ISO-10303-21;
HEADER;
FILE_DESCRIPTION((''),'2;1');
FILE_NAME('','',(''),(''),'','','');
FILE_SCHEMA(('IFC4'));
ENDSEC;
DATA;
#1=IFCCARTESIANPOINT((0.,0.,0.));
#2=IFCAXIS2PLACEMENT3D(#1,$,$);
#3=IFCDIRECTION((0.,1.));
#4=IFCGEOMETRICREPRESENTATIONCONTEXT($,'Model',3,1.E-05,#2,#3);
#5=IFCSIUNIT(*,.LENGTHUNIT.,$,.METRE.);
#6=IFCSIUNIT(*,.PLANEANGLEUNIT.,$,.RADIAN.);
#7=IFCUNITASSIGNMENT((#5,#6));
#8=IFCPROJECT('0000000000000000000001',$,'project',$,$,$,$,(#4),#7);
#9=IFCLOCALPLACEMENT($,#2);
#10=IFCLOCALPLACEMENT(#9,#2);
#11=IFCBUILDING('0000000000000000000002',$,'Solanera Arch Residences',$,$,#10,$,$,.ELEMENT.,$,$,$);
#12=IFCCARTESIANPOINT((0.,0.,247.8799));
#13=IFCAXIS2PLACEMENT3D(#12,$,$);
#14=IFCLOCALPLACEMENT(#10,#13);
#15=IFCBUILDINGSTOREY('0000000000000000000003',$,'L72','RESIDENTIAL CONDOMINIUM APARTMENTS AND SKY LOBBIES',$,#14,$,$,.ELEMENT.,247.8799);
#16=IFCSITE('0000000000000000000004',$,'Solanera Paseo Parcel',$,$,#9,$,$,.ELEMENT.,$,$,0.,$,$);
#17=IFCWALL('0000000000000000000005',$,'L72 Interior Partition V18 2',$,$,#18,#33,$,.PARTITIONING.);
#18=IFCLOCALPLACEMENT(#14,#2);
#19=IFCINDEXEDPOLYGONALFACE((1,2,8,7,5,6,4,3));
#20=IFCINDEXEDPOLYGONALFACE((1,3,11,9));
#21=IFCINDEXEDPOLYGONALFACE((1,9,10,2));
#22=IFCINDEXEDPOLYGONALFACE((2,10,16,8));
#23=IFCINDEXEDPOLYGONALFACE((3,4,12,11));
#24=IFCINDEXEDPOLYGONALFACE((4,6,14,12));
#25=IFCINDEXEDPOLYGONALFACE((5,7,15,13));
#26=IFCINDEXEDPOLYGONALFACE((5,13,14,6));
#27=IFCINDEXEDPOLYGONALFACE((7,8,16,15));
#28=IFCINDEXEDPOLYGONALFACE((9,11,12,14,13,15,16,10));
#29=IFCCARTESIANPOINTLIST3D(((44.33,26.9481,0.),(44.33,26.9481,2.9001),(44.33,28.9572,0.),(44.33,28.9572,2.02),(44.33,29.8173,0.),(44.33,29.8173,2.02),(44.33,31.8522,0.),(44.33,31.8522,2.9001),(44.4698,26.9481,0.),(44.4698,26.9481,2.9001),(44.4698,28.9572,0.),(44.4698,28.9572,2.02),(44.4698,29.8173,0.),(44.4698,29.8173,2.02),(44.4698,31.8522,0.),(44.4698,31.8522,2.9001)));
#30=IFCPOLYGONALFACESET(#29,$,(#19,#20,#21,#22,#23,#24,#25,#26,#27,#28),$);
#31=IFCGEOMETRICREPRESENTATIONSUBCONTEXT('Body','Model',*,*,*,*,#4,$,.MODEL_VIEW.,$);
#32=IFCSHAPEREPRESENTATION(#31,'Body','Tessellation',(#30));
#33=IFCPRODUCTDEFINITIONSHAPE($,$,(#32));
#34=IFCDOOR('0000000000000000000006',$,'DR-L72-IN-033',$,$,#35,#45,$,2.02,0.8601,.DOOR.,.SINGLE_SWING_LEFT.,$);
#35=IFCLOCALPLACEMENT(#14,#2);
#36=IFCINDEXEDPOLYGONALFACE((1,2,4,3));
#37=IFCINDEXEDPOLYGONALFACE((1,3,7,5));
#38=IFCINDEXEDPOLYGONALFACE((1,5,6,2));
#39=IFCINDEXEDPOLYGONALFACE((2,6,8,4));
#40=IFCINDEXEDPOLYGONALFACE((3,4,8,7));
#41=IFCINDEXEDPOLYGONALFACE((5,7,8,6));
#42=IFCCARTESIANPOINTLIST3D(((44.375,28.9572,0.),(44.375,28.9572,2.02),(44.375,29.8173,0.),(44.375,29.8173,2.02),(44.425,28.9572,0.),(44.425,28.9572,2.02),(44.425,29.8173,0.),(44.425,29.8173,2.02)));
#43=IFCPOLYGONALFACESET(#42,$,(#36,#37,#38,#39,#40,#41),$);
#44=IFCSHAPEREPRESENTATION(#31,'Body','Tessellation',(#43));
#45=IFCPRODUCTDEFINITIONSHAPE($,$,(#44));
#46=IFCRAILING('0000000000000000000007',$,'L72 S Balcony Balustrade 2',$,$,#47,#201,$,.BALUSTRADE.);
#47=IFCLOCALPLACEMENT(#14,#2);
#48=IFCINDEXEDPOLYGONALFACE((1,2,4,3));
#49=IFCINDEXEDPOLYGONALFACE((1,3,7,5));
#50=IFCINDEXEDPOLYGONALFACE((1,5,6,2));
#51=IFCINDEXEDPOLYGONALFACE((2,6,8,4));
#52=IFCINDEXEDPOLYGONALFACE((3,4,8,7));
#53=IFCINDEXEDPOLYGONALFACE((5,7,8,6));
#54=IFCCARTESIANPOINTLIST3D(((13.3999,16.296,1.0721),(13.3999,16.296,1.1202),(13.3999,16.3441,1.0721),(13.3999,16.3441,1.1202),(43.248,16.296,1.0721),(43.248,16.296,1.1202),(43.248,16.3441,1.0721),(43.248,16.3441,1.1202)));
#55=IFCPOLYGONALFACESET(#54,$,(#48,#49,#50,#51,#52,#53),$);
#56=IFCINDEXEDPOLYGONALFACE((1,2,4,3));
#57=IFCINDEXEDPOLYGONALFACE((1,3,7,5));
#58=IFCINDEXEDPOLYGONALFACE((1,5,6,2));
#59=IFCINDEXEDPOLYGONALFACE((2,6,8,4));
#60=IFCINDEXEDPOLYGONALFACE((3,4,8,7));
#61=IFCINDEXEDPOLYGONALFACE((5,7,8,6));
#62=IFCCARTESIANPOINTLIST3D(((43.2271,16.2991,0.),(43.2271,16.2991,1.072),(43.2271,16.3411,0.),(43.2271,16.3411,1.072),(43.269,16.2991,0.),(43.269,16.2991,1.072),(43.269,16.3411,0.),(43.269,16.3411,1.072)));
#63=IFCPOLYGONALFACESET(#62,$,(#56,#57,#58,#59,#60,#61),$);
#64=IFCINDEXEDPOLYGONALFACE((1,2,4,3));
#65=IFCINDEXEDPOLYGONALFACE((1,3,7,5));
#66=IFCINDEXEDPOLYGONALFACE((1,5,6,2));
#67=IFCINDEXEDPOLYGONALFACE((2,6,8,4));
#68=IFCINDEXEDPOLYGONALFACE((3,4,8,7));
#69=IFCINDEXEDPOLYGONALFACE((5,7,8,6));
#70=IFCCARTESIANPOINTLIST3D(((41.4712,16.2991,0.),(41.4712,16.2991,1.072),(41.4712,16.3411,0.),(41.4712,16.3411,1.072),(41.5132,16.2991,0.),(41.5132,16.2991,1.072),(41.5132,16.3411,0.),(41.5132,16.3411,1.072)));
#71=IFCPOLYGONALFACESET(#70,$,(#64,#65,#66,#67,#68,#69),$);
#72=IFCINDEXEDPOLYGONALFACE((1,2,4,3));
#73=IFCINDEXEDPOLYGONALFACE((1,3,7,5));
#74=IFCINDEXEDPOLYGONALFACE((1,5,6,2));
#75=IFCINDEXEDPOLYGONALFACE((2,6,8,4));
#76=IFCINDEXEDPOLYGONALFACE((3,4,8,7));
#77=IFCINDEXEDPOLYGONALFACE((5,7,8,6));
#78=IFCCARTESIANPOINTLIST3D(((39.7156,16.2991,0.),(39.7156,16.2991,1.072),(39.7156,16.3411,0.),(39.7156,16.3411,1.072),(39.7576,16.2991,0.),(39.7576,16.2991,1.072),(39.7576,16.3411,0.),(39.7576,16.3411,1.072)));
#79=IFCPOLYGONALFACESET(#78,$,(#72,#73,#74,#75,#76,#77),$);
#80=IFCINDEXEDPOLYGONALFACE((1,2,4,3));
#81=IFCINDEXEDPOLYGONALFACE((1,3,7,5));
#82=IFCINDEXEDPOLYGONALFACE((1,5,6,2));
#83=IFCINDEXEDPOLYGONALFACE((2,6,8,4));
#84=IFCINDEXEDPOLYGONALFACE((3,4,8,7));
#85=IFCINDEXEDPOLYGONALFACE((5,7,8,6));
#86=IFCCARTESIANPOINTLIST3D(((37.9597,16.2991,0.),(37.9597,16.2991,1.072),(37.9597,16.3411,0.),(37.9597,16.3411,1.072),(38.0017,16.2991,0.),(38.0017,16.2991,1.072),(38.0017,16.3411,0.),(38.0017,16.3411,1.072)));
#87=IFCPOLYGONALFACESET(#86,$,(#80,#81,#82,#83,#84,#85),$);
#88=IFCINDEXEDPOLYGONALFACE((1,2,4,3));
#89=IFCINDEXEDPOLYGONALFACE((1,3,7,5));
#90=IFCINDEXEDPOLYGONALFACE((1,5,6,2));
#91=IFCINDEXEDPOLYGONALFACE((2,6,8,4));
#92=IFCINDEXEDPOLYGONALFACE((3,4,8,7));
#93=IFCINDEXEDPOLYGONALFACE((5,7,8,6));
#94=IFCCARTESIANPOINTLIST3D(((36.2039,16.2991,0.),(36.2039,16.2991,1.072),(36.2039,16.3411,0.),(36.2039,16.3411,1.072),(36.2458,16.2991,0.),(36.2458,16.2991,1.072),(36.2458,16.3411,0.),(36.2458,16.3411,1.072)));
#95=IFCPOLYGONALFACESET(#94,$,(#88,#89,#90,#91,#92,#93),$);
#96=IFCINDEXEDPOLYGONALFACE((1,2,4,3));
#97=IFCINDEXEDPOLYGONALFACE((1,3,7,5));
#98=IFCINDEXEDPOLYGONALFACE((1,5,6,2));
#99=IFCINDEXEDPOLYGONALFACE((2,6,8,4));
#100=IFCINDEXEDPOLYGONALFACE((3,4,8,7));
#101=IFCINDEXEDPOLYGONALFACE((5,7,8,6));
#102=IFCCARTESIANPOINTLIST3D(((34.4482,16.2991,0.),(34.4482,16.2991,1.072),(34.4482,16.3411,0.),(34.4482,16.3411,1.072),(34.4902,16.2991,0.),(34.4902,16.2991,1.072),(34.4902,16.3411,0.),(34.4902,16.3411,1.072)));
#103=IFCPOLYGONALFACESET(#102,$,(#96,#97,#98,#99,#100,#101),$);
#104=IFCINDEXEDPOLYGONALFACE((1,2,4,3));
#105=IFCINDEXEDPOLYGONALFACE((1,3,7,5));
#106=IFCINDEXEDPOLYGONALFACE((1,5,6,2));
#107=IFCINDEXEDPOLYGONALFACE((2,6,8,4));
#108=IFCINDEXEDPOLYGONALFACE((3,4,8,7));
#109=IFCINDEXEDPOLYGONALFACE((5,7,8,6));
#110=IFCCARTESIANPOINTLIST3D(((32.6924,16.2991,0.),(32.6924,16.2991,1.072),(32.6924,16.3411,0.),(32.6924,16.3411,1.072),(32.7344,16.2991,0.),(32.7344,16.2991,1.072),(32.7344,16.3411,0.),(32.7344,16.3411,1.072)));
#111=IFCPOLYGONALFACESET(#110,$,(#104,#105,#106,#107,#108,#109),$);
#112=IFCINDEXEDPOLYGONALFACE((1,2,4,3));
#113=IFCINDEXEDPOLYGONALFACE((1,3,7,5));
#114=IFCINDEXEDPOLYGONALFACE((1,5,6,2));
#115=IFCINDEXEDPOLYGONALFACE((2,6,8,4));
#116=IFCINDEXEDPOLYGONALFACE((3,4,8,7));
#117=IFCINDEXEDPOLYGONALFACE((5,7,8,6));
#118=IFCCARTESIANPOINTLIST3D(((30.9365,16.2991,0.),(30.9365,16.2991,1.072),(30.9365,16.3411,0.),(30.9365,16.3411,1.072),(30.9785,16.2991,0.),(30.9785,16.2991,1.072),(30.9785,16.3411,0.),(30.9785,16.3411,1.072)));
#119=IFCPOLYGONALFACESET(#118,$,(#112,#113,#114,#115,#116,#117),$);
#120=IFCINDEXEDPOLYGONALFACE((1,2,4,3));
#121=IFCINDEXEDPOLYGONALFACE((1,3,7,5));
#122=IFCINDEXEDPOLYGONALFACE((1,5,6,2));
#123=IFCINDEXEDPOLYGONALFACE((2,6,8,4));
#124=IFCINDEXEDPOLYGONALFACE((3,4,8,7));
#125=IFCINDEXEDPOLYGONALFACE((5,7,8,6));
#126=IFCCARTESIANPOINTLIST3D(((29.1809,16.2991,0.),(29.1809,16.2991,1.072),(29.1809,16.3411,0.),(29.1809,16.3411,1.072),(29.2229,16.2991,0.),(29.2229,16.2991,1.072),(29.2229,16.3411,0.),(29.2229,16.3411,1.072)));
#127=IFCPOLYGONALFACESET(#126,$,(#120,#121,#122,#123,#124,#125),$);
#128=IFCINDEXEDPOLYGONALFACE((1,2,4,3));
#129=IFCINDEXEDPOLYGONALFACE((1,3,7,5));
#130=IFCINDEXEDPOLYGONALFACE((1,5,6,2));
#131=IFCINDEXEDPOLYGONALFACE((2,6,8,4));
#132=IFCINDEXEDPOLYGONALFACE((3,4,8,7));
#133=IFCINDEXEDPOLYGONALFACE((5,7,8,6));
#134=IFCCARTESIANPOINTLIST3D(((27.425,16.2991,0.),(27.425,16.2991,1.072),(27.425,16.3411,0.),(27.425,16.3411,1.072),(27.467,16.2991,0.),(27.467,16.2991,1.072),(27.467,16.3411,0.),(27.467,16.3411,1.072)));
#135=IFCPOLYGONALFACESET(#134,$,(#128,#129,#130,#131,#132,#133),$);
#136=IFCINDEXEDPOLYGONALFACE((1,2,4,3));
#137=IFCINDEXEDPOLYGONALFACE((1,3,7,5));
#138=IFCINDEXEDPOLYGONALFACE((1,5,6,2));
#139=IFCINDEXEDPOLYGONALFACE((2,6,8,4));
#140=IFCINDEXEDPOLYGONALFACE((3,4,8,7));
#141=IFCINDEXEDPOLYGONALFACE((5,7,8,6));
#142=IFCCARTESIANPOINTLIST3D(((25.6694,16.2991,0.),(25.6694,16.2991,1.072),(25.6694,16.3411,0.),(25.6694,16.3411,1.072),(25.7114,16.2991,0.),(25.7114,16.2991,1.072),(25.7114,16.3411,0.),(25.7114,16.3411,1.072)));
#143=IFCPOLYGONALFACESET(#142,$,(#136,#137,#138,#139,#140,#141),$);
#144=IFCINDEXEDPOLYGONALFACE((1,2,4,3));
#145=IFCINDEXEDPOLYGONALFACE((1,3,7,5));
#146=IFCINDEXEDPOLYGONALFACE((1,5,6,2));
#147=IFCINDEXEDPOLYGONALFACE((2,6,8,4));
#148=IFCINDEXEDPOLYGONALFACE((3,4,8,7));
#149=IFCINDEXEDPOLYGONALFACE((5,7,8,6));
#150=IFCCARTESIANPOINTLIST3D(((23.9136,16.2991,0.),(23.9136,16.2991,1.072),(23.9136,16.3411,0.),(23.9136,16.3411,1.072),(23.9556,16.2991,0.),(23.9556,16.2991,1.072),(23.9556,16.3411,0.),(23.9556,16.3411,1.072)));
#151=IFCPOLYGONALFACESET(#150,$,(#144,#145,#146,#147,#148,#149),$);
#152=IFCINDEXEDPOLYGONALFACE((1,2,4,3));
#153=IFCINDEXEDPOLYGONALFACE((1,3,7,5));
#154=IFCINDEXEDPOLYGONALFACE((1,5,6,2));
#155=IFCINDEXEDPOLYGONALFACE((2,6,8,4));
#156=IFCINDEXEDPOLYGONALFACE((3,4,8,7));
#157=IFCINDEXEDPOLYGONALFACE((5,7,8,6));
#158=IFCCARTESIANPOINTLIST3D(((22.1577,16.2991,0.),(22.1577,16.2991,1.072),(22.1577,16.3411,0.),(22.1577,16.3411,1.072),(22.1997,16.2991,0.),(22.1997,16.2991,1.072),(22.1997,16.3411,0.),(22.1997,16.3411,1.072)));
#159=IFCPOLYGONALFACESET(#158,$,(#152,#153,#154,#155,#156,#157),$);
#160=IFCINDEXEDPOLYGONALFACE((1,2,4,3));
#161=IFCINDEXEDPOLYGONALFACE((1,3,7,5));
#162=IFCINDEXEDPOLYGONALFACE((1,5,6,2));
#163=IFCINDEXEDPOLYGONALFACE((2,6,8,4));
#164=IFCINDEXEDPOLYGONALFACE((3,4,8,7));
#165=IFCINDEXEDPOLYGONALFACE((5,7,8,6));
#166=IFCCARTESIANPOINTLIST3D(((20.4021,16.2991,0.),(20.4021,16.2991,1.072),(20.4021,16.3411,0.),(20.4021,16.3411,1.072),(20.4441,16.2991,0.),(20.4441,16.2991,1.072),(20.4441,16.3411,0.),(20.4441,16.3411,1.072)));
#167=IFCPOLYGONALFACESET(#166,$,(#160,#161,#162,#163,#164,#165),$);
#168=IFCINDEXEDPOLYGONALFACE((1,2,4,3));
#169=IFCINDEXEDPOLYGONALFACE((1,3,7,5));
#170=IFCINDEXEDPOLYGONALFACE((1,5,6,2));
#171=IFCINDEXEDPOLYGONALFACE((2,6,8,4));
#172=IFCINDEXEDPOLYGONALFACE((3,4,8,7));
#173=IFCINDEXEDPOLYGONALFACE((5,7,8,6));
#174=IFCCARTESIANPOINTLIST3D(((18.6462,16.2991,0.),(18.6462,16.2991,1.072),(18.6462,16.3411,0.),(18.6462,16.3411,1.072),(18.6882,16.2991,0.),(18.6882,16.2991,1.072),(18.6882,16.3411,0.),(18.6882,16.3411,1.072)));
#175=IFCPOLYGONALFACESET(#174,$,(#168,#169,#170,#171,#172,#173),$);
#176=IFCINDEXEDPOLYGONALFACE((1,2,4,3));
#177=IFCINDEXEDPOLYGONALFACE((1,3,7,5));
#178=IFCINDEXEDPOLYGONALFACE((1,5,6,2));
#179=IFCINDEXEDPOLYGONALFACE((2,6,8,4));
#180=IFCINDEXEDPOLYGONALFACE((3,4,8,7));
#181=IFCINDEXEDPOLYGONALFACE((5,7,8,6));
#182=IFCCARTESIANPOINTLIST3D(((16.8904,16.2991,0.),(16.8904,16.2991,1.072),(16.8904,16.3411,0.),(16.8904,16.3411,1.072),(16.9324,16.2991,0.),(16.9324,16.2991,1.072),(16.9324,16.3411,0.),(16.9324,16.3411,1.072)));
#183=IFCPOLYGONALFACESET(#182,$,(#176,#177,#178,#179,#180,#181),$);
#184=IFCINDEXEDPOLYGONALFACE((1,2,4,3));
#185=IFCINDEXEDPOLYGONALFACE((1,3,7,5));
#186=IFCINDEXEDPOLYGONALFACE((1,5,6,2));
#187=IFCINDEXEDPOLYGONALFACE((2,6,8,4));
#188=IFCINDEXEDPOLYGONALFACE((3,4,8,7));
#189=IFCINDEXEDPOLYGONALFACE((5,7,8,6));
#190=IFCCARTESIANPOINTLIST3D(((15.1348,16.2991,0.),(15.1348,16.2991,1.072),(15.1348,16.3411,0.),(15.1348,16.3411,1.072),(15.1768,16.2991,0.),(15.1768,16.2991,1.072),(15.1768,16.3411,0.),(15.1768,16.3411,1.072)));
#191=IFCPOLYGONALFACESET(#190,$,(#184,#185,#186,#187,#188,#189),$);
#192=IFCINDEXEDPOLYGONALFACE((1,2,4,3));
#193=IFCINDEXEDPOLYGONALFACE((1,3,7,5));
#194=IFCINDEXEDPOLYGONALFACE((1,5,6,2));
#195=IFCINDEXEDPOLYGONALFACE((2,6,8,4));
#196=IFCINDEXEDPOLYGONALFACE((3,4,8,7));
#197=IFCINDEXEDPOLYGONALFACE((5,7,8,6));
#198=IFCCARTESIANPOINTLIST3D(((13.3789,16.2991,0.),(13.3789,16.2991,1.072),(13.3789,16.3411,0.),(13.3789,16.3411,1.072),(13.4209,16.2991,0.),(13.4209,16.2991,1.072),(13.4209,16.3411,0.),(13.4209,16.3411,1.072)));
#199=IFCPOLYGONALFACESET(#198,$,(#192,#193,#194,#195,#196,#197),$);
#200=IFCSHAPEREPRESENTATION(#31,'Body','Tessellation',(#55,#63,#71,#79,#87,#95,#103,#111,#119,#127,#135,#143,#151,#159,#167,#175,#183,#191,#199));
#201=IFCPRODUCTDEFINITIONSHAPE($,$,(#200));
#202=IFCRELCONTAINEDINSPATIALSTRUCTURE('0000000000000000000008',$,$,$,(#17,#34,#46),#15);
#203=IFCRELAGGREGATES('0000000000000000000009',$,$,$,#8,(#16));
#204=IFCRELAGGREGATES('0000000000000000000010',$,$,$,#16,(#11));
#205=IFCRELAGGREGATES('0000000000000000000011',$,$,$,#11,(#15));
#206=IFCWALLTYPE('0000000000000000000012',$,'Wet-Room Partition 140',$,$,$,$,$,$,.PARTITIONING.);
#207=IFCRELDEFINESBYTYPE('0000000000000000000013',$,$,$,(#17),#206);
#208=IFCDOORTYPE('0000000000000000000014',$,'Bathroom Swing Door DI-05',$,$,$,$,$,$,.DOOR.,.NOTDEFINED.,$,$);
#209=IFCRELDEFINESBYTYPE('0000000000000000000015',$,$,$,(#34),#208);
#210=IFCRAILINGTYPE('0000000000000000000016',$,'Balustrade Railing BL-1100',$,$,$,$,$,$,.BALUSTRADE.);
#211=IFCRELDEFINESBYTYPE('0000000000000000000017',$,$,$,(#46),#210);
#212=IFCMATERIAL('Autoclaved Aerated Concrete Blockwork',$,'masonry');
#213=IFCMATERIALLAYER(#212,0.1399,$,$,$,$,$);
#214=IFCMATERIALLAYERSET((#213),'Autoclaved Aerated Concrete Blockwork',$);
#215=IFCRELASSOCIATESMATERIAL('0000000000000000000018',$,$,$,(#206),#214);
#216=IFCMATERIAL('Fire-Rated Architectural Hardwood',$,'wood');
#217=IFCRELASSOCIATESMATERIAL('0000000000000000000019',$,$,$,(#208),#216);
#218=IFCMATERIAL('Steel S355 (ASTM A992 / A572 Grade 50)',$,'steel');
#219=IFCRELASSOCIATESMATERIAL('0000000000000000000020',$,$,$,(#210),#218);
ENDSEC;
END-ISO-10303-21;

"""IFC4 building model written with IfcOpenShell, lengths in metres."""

from ifc_helpers import new_model, si_unit, direction, frame, frame_2d, origin, origin_2d, place, context, subcontext, project, spatial, rectangle, extrude, material, layer, layer_set, type_object, element, fill, save


model = new_model("IFC4")

# Units and contexts
model_context = context("Model", 3, precision=1e-05, world=origin(), true_north=direction((0.0, 1.0)))
body_context = subcontext(model_context, "Body", "Model", "MODEL_VIEW")
ifc_project = project(units=[si_unit("LENGTHUNIT", "METRE"), si_unit("PLANEANGLEUNIT", "RADIAN")], contexts=[model_context])

# Site, building, storey
site_placement = place(None, origin())
site = spatial("IfcSite", under=ifc_project, at=site_placement, Name="Solanera Paseo Parcel", CompositionType="ELEMENT", RefElevation=0.0)
building_placement = place(site_placement, origin())
building = spatial("IfcBuilding", under=site, at=building_placement, Name="Solanera Arch Residences", CompositionType="ELEMENT")
storey_placement = place(building_placement, frame((0.0, 0.0, 247.8799)))
storey = spatial("IfcBuildingStorey", under=building, at=storey_placement, Name="L72", Description="RESIDENTIAL CONDOMINIUM APARTMENTS AND SKY LOBBIES", CompositionType="ELEMENT", Elevation=247.8799)

# Shared definitions
ifc_material_1 = material(Name="Autoclaved Aerated Concrete Blockwork", Category="masonry")
ifc_layer_1 = layer(ifc_material_1, 0.1399)
ifc_layer_set_1 = layer_set([ifc_layer_1], Name="Autoclaved Aerated Concrete Blockwork")
wall_type_1 = type_object("IfcWallType", Name="Wet-Room Partition 140", PredefinedType="PARTITIONING", material=ifc_layer_set_1)

# Wall, opening, door
wall_1_placement = place(storey_placement, frame((44.3999, 26.948, 0.0), z_axis=(0.0, 0.0, 1.0), x_axis=(0.0, 1.0, 0.0)))
wall_1 = element("IfcWall", 1, at=wall_1_placement, inside=storey, type_object=wall_type_1, Name="L72 Interior Partition V18 2", PredefinedType="PARTITIONING", context=body_context, shape_type="SweptSolid", body=[
    extrude(rectangle(XDim=4.9041, YDim=0.1399, at=frame_2d((2.4521, 0.0))), origin(), (0.0, 0.0, 1.0), 2.9001),
])
opening_1_placement = place(wall_1_placement, frame((2.009, 0.0, 0.0)))
opening_1 = element("IfcOpeningElement", 2, at=opening_1_placement, cuts=wall_1, PredefinedType="OPENING", context=body_context, shape_type="SweptSolid", body=[
    extrude(rectangle(XDim=0.8601, YDim=2.02, at=frame_2d((0.4302, 1.01))), frame((0.0, 0.0798, 0.0), z_axis=(0.0, -1.0, 0.0), x_axis=(1.0, 0.0, 0.0)), (0.0, 0.0, 1.0), 0.1599),
])
ifc_material_2 = material(Name="Fire-Rated Architectural Hardwood", Category="wood")
door_type_1 = type_object("IfcDoorType", Name="Bathroom Swing Door DI-05", OperationType="NOTDEFINED", PredefinedType="DOOR", material=ifc_material_2)
door_1_placement = place(opening_1_placement, origin())
door_1 = element("IfcDoor", 3, at=door_1_placement, inside=storey, type_object=door_type_1, Name="DR-L72-IN-033", OperationType="SINGLE_SWING_LEFT", OverallHeight=2.02, OverallWidth=0.8601, PredefinedType="DOOR", context=body_context, shape_type="SweptSolid", body=[
    extrude(rectangle(XDim=0.8601, YDim=2.02, at=frame_2d((0.4302, 1.01))), frame((0.0, 0.0249, 0.0), z_axis=(0.0, -1.0, 0.0), x_axis=(1.0, 0.0, 0.0)), (0.0, 0.0, 1.0), 0.05),
])
fill(opening_1, door_1)

# Railing
ifc_material_3 = material(Name="Steel S355 (ASTM A992 / A572 Grade 50)", Category="steel")
railing_type = type_object("IfcRailingType", Name="Balustrade Railing BL-1100", PredefinedType="BALUSTRADE", material=ifc_material_3)
railing_1_placement = place(storey_placement, frame((43.248, 16.3201, 0.0)))
element("IfcRailing", 4, at=railing_1_placement, inside=storey, type_object=railing_type, Name="L72 S Balcony Balustrade 2", PredefinedType="BALUSTRADE", context=body_context, shape_type="SweptSolid", body=[
    extrude(rectangle(XDim=0.0481, YDim=0.0481, at=origin_2d()), frame((0.0, 0.0, 1.0962), z_axis=(-1.0, 0.0, 0.0), x_axis=(0.0, -1.0, 0.0)), (0.0, 0.0, 1.0), 29.8481),
    extrude(rectangle(XDim=0.042, YDim=0.042, at=origin_2d()), origin(), (0.0, 0.0, 1.0), 1.072),
    extrude(rectangle(XDim=0.042, YDim=0.042, at=origin_2d()), frame((-1.7559, 0.0, 0.0)), (0.0, 0.0, 1.0), 1.072),
    extrude(rectangle(XDim=0.042, YDim=0.042, at=origin_2d()), frame((-3.5115, 0.0, 0.0)), (0.0, 0.0, 1.0), 1.072),
    extrude(rectangle(XDim=0.042, YDim=0.042, at=origin_2d()), frame((-5.2673, 0.0, 0.0)), (0.0, 0.0, 1.0), 1.072),
    extrude(rectangle(XDim=0.042, YDim=0.042, at=origin_2d()), frame((-7.0232, 0.0, 0.0)), (0.0, 0.0, 1.0), 1.072),
    extrude(rectangle(XDim=0.042, YDim=0.042, at=origin_2d()), frame((-8.7788, 0.0, 0.0)), (0.0, 0.0, 1.0), 1.072),
    extrude(rectangle(XDim=0.042, YDim=0.042, at=origin_2d()), frame((-10.5347, 0.0, 0.0)), (0.0, 0.0, 1.0), 1.072),
    extrude(rectangle(XDim=0.042, YDim=0.042, at=origin_2d()), frame((-12.2905, 0.0, 0.0)), (0.0, 0.0, 1.0), 1.072),
    extrude(rectangle(XDim=0.042, YDim=0.042, at=origin_2d()), frame((-14.0461, 0.0, 0.0)), (0.0, 0.0, 1.0), 1.072),
    extrude(rectangle(XDim=0.042, YDim=0.042, at=origin_2d()), frame((-15.802, 0.0, 0.0)), (0.0, 0.0, 1.0), 1.072),
    extrude(rectangle(XDim=0.042, YDim=0.042, at=origin_2d()), frame((-17.5576, 0.0, 0.0)), (0.0, 0.0, 1.0), 1.072),
    extrude(rectangle(XDim=0.042, YDim=0.042, at=origin_2d()), frame((-19.3135, 0.0, 0.0)), (0.0, 0.0, 1.0), 1.072),
    extrude(rectangle(XDim=0.042, YDim=0.042, at=origin_2d()), frame((-21.0693, 0.0, 0.0)), (0.0, 0.0, 1.0), 1.072),
    extrude(rectangle(XDim=0.042, YDim=0.042, at=origin_2d()), frame((-22.825, 0.0, 0.0)), (0.0, 0.0, 1.0), 1.072),
    extrude(rectangle(XDim=0.042, YDim=0.042, at=origin_2d()), frame((-24.5808, 0.0, 0.0)), (0.0, 0.0, 1.0), 1.072),
    extrude(rectangle(XDim=0.042, YDim=0.042, at=origin_2d()), frame((-26.3367, 0.0, 0.0)), (0.0, 0.0, 1.0), 1.072),
    extrude(rectangle(XDim=0.042, YDim=0.042, at=origin_2d()), frame((-28.0923, 0.0, 0.0)), (0.0, 0.0, 1.0), 1.072),
    extrude(rectangle(XDim=0.042, YDim=0.042, at=origin_2d()), frame((-29.8481, 0.0, 0.0)), (0.0, 0.0, 1.0), 1.072),
])

save(model, "model.ifc")
